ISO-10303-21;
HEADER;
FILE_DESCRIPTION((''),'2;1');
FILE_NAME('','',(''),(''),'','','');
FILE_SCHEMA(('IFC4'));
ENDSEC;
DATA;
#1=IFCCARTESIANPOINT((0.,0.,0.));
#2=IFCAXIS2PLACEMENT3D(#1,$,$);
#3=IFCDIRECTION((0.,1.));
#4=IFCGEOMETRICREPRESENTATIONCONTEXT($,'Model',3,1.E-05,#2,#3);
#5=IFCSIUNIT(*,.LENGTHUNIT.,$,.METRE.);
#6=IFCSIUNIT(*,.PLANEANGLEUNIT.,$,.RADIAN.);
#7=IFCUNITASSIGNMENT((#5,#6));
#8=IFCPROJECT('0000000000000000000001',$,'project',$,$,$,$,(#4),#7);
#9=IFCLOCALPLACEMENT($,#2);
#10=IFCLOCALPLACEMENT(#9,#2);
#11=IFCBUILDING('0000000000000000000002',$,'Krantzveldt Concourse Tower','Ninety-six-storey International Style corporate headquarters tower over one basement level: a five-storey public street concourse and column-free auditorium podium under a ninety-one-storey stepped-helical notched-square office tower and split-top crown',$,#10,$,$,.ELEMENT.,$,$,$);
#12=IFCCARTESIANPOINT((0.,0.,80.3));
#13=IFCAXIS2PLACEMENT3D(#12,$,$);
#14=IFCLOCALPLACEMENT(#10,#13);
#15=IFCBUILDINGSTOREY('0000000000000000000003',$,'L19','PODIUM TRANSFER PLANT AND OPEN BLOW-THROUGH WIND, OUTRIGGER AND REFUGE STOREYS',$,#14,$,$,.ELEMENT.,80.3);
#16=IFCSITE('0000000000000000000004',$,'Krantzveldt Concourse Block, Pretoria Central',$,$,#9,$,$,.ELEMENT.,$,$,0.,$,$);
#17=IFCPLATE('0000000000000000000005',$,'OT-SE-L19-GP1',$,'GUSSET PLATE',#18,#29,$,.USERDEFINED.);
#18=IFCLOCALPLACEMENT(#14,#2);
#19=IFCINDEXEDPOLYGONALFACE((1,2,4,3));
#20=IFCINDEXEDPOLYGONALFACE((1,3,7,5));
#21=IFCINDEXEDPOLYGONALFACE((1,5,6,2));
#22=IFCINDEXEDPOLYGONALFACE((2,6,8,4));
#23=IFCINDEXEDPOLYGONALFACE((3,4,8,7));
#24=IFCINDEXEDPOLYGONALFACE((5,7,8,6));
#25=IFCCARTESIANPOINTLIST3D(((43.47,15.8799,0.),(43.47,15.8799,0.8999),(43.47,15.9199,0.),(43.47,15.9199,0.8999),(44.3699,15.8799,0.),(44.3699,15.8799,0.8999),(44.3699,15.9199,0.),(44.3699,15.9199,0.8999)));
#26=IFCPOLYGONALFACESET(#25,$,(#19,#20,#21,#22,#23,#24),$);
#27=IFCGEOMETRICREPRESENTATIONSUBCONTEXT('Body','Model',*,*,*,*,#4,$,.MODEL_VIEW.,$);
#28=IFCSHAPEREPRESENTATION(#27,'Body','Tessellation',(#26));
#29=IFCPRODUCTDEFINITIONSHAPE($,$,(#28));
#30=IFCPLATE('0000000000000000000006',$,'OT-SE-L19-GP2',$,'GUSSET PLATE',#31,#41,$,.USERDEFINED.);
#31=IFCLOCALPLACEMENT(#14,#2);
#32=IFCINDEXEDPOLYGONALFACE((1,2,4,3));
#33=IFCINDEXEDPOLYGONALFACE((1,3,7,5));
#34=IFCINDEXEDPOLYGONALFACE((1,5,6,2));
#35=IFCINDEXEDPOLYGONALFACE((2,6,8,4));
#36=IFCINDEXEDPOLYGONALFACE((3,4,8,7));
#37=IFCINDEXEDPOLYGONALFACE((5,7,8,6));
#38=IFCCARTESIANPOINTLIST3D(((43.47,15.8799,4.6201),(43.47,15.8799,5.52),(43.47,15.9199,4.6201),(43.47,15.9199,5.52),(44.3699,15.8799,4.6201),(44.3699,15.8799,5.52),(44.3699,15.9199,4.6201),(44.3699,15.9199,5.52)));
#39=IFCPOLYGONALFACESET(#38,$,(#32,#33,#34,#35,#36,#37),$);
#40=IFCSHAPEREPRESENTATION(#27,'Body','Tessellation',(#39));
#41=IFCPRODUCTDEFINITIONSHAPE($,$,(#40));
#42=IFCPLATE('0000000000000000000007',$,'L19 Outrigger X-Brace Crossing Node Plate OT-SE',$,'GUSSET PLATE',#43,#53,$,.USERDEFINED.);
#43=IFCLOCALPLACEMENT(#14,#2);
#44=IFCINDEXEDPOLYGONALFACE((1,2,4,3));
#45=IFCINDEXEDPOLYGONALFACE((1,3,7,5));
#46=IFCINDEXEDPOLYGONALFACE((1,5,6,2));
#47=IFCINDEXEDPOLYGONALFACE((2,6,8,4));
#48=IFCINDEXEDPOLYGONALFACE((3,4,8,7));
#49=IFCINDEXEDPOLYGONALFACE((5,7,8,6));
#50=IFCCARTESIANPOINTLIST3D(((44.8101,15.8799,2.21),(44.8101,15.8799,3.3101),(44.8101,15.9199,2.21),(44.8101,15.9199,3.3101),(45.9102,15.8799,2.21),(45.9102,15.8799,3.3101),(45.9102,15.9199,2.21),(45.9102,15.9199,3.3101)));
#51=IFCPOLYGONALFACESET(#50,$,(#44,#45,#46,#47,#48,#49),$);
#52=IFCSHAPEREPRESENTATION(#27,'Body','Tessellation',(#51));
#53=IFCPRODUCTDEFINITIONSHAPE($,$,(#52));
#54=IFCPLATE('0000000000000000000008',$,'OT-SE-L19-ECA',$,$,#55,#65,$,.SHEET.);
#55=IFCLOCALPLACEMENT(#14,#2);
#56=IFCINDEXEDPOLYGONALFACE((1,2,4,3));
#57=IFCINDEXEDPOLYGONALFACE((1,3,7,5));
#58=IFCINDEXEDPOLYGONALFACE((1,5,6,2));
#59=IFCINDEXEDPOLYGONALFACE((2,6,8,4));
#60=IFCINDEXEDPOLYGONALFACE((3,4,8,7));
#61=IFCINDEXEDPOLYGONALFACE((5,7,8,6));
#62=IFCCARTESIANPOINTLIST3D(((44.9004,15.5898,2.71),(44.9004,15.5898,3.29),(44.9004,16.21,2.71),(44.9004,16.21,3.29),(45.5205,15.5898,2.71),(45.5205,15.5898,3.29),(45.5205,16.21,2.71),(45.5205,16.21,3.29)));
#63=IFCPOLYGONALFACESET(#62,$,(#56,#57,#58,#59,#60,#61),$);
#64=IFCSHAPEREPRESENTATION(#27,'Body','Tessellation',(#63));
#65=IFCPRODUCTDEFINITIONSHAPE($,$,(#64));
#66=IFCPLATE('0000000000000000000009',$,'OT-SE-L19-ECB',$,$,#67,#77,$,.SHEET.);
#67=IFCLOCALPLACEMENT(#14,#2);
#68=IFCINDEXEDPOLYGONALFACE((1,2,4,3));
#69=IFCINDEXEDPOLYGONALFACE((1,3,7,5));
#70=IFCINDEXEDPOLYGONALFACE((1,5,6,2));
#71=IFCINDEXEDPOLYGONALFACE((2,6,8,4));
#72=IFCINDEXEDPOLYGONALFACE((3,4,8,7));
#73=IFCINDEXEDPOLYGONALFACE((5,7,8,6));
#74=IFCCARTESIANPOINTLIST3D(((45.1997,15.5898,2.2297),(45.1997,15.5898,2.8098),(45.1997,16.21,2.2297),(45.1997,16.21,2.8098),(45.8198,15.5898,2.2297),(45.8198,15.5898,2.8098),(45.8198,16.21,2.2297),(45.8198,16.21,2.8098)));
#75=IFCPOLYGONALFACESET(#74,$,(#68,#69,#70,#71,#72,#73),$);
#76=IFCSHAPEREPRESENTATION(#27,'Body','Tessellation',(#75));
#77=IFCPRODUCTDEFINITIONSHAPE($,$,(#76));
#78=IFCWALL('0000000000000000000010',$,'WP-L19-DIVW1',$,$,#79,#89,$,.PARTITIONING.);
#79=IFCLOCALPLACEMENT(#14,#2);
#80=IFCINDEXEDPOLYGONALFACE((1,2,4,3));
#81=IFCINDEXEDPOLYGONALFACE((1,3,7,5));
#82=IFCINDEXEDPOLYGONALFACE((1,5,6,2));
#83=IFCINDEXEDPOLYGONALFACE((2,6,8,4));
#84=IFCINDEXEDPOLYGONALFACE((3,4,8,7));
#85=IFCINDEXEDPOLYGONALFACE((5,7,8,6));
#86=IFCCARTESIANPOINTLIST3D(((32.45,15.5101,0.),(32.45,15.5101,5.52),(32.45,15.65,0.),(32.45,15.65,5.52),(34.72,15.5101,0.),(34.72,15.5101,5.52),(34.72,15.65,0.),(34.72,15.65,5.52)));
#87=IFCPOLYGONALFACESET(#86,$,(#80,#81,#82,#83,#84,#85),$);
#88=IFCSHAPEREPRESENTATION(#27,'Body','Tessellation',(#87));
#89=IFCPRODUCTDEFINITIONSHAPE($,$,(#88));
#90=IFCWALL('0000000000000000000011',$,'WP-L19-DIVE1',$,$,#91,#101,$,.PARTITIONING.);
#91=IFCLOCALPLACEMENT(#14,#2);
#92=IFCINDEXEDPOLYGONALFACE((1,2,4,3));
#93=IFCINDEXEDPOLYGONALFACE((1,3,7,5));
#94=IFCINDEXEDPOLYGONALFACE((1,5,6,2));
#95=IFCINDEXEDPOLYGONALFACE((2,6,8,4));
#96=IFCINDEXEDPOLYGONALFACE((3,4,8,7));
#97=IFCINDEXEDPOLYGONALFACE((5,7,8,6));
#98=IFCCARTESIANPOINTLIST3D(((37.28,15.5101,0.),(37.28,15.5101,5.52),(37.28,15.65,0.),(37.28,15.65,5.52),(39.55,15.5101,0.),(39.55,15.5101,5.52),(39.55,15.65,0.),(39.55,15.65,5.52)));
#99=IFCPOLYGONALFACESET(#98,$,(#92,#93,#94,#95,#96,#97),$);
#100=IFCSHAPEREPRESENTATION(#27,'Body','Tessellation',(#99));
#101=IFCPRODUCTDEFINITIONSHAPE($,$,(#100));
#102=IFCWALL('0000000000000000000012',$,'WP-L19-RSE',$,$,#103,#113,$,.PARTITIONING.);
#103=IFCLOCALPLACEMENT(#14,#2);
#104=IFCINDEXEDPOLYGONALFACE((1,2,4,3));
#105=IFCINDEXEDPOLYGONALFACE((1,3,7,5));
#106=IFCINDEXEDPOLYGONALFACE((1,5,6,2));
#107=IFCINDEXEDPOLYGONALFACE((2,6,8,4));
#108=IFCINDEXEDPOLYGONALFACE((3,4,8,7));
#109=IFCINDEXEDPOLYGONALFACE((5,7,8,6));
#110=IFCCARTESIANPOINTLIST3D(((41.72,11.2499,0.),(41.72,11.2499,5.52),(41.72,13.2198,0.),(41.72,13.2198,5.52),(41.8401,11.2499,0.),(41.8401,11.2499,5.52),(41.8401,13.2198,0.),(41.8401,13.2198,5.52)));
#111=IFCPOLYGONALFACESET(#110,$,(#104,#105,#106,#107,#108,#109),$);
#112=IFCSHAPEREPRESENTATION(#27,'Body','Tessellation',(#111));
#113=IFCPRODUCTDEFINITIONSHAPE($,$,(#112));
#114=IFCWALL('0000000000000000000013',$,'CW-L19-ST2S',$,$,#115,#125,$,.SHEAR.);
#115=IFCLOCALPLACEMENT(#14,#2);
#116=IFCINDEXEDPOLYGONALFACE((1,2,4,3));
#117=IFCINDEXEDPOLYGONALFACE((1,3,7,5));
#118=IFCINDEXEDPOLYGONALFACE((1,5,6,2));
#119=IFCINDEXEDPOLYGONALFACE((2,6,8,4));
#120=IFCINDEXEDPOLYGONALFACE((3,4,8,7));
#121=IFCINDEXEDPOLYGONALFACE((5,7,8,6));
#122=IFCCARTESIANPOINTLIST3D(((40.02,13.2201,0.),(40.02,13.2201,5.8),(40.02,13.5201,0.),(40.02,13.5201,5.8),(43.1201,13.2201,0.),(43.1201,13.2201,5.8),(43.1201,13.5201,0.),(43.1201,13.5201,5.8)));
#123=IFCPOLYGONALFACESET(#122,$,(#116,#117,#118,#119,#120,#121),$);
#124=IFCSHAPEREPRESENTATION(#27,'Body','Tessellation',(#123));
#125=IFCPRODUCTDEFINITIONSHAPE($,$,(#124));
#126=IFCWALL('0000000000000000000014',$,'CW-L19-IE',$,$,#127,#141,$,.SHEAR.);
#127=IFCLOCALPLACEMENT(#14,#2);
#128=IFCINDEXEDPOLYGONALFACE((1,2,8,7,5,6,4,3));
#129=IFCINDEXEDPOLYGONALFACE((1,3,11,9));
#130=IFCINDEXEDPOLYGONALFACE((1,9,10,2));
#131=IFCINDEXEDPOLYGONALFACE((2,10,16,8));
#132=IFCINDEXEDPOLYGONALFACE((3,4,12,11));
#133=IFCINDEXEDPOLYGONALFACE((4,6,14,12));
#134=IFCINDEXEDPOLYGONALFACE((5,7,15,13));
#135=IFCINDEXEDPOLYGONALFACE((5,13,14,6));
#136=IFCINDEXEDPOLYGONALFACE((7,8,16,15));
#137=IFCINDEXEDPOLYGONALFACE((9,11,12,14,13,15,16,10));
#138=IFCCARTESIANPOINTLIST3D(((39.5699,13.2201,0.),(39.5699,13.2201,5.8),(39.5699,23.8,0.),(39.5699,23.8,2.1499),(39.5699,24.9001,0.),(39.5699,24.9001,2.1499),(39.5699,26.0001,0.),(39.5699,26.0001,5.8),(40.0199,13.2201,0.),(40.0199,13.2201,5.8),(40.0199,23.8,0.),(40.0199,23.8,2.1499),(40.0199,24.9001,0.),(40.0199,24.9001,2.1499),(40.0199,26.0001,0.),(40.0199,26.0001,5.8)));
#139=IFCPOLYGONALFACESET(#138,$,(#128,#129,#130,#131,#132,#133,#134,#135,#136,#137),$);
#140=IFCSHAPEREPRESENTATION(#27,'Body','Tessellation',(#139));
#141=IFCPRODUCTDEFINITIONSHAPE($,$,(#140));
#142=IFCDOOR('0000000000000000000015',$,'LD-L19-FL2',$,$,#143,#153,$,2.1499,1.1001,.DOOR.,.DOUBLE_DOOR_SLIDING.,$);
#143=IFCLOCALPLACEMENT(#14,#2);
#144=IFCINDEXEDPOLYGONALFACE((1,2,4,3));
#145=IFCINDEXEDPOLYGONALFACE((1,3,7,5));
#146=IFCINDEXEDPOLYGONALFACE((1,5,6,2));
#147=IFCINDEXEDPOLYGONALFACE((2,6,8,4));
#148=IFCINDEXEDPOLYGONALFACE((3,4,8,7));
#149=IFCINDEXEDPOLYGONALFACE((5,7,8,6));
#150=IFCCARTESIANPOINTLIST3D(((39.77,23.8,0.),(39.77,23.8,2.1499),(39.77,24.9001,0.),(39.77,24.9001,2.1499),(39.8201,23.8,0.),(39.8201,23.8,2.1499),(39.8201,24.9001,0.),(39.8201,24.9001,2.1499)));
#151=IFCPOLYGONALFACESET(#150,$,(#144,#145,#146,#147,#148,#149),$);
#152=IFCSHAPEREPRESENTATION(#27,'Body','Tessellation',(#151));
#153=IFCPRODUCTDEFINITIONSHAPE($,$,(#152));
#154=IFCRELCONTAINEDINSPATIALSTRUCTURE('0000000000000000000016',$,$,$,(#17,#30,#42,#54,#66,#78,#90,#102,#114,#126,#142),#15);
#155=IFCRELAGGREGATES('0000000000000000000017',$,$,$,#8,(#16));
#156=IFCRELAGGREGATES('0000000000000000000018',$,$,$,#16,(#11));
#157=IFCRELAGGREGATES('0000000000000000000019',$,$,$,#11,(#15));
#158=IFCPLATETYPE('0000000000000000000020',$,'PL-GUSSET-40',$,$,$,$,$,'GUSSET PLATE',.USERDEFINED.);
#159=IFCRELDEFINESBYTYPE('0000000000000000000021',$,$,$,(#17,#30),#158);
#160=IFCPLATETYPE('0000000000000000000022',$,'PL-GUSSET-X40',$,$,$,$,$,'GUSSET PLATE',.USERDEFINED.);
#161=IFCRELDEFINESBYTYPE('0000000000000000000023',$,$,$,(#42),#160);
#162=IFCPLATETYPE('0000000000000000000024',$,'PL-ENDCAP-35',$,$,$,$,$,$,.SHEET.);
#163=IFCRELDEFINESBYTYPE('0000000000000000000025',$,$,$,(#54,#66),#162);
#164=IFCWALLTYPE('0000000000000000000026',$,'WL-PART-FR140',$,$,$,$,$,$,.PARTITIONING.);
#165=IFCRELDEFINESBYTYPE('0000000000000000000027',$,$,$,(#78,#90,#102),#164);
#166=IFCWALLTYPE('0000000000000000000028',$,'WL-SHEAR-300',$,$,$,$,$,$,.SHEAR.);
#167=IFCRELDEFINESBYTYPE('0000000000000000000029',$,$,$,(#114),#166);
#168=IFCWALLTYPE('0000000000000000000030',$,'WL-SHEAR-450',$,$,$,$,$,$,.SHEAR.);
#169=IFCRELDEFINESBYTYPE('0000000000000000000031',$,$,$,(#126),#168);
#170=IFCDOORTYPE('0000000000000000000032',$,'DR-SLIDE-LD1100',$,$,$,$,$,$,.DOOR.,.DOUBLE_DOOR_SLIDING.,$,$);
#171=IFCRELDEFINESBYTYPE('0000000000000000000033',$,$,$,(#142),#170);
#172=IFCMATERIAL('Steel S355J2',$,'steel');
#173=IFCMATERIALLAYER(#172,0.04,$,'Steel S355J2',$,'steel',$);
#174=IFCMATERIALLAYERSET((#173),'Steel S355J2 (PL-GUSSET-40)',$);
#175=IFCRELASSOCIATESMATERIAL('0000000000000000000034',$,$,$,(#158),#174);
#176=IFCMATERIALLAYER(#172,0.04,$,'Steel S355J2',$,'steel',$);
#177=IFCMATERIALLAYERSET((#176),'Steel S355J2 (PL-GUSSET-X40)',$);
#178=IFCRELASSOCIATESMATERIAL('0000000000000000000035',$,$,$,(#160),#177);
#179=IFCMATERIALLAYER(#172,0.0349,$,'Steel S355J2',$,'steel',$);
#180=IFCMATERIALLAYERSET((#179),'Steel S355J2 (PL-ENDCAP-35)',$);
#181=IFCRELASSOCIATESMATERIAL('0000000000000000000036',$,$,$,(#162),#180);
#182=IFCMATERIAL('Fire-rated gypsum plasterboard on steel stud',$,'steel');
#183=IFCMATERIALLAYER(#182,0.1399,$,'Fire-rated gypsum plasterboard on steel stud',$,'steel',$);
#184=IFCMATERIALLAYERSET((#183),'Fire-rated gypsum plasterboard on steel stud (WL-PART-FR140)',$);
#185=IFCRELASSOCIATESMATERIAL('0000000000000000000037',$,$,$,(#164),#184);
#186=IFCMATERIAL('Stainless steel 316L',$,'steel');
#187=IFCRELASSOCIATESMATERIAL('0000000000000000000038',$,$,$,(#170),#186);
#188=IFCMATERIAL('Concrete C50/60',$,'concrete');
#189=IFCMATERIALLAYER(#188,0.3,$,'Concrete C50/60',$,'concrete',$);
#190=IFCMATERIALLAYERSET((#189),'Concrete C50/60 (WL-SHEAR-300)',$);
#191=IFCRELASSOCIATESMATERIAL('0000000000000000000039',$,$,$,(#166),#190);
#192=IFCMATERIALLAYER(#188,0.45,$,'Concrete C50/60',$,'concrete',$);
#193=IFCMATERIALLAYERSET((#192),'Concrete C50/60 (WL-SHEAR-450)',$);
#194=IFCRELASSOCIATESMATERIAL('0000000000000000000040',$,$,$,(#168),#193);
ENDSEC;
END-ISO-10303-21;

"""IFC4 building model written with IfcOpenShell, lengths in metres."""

from ifc_helpers import new_model, si_unit, direction, frame, frame_2d, origin, origin_2d, place, context, subcontext, project, spatial, rectangle, extrude, source, transform, mapped, material, layer, layer_set, type_object, type_shapes, element, fill, save


model = new_model("IFC4")

# Units and contexts
model_context = context("Model", 3, precision=1e-05, world=origin(), true_north=direction((0.0, 1.0)))
body_context = subcontext(model_context, "Body", "Model", "MODEL_VIEW")
ifc_project = project(units=[si_unit("LENGTHUNIT", "METRE"), si_unit("PLANEANGLEUNIT", "RADIAN")], contexts=[model_context])

# Site, building, storey
site_placement = place(None, origin())
site = spatial("IfcSite", under=ifc_project, at=site_placement, Name="Krantzveldt Concourse Block, Pretoria Central", CompositionType="ELEMENT", RefElevation=0.0)
building_placement = place(site_placement, origin())
building = spatial("IfcBuilding", under=site, at=building_placement, Name="Krantzveldt Concourse Tower", Description="Ninety-six-storey International Style corporate headquarters tower over one basement level: a five-storey public street concourse and column-free auditorium podium under a ninety-one-storey stepped-helical notched-square office tower and split-top crown", CompositionType="ELEMENT")
storey_placement = place(building_placement, frame((0.0, 0.0, 80.3)))
storey = spatial("IfcBuildingStorey", under=building, at=storey_placement, Name="L19", Description="PODIUM TRANSFER PLANT AND OPEN BLOW-THROUGH WIND, OUTRIGGER AND REFUGE STOREYS", CompositionType="ELEMENT", Elevation=80.3)

# Shared definitions
ifc_material_1 = material(Name="Steel S355J2", Category="steel")

# Plates
ifc_layer_1 = layer(ifc_material_1, 0.04, Name="Steel S355J2", Category="steel")
ifc_layer_set_1 = layer_set([ifc_layer_1], Name="Steel S355J2 (PL-GUSSET-40)")
plate_type_1 = type_object("IfcPlateType", Name="PL-GUSSET-40", ElementType="GUSSET PLATE", PredefinedType="USERDEFINED", material=ifc_layer_set_1)
shared_shape_1 = source(origin(), body_context, "Body", "SweptSolid", [
    extrude(rectangle(XDim=0.8999, YDim=0.04, at=origin_2d()), origin(), (0.0, 0.0, 1.0), 0.8999),
])
type_shapes(plate_type_1, [shared_shape_1])
for number, where, z_axis, x_axis, name in (
    (1, (43.9199, 15.8999, 0.0), (0.0, 0.0, 1.0), (1.0, 0.0, 0.0), "OT-SE-L19-GP1"),
    (2, (43.9199, 15.8999, 4.6201), (0.0, 0.0, 1.0), (1.0, 0.0, 0.0), "OT-SE-L19-GP2"),
):
    element("IfcPlate", number, at=place(storey_placement, frame(where, z_axis=z_axis, x_axis=x_axis)), inside=storey, type_object=plate_type_1, Name=name, ObjectType="GUSSET PLATE", PredefinedType="USERDEFINED", context=body_context, shape_type="MappedRepresentation", body=[
        mapped(shared_shape_1, transform((0.0, 0.0, 0.0), x_axis=(1.0, 0.0, 0.0), y_axis=(0.0, 1.0, 0.0), z_axis=(0.0, 0.0, 1.0), scale=1.0)),
    ])
ifc_layer_2 = layer(ifc_material_1, 0.04, Name="Steel S355J2", Category="steel")
ifc_layer_set_2 = layer_set([ifc_layer_2], Name="Steel S355J2 (PL-GUSSET-X40)")
plate_type_2 = type_object("IfcPlateType", Name="PL-GUSSET-X40", ElementType="GUSSET PLATE", PredefinedType="USERDEFINED", material=ifc_layer_set_2)
shared_shape_2 = source(origin(), body_context, "Body", "SweptSolid", [
    extrude(rectangle(XDim=1.1001, YDim=0.04, at=origin_2d()), origin(), (0.0, 0.0, 1.0), 1.1001),
])
type_shapes(plate_type_2, [shared_shape_2])
plate_placement = place(storey_placement, frame((45.3601, 15.8999, 2.21), z_axis=(0.0, 0.0, 1.0), x_axis=(1.0, 0.0, 0.0)))
element("IfcPlate", 3, at=plate_placement, inside=storey, type_object=plate_type_2, Name="L19 Outrigger X-Brace Crossing Node Plate OT-SE", ObjectType="GUSSET PLATE", PredefinedType="USERDEFINED", context=body_context, shape_type="MappedRepresentation", body=[
    mapped(shared_shape_2, transform((0.0, 0.0, 0.0), x_axis=(1.0, 0.0, 0.0), y_axis=(0.0, 1.0, 0.0), z_axis=(0.0, 0.0, 1.0), scale=1.0)),
])
ifc_layer_3 = layer(ifc_material_1, 0.0349, Name="Steel S355J2", Category="steel")
ifc_layer_set_3 = layer_set([ifc_layer_3], Name="Steel S355J2 (PL-ENDCAP-35)")
plate_type_3 = type_object("IfcPlateType", Name="PL-ENDCAP-35", PredefinedType="SHEET", material=ifc_layer_set_3)
shared_shape_3 = source(origin(), body_context, "Body", "SweptSolid", [
    extrude(rectangle(XDim=0.6201, YDim=0.6201, at=origin_2d()), origin(), (0.0, 0.0, 1.0), 0.5801),
])
type_shapes(plate_type_3, [shared_shape_3])
for number, where, z_axis, x_axis, name in (
    (4, (45.2104, 15.8999, 2.71), (0.0, 0.0, 1.0), (1.0, 0.0, 0.0), "OT-SE-L19-ECA"),
    (5, (45.5098, 15.8999, 2.2297), (0.0, 0.0, 1.0), (1.0, 0.0, 0.0), "OT-SE-L19-ECB"),
):
    element("IfcPlate", number, at=place(storey_placement, frame(where, z_axis=z_axis, x_axis=x_axis)), inside=storey, type_object=plate_type_3, Name=name, PredefinedType="SHEET", context=body_context, shape_type="MappedRepresentation", body=[
        mapped(shared_shape_3, transform((0.0, 0.0, 0.0), x_axis=(1.0, 0.0, 0.0), y_axis=(0.0, 1.0, 0.0), z_axis=(0.0, 0.0, 1.0), scale=1.0)),
    ])

# Shared definitions
ifc_material_2 = material(Name="Fire-rated gypsum plasterboard on steel stud", Category="steel")
ifc_layer_4 = layer(ifc_material_2, 0.1399, Name="Fire-rated gypsum plasterboard on steel stud", Category="steel")
ifc_layer_set_4 = layer_set([ifc_layer_4], Name="Fire-rated gypsum plasterboard on steel stud (WL-PART-FR140)")
wall_type_1 = type_object("IfcWallType", Name="WL-PART-FR140", PredefinedType="PARTITIONING", material=ifc_layer_set_4)
ifc_material_3 = material(Name="Stainless steel 316L", Category="steel")
door_type_1 = type_object("IfcDoorType", Name="DR-SLIDE-LD1100", OperationType="DOUBLE_DOOR_SLIDING", PredefinedType="DOOR", material=ifc_material_3)

# Wall
wall_1_placement = place(storey_placement, frame((32.45, 15.5801, 0.0), z_axis=(0.0, 0.0, 1.0), x_axis=(1.0, 0.0, 0.0)))
element("IfcWall", 6, at=wall_1_placement, inside=storey, type_object=wall_type_1, Name="WP-L19-DIVW1", PredefinedType="PARTITIONING", context=body_context, shape_type="SweptSolid", body=[
    extrude(rectangle(XDim=2.27, YDim=0.1399, at=frame_2d((1.135, 0.0))), origin(), (0.0, 0.0, 1.0), 5.52),
])

# Walls
wall_2_placement = place(storey_placement, frame((37.28, 15.5801, 0.0), z_axis=(0.0, 0.0, 1.0), x_axis=(1.0, 0.0, 0.0)))
element("IfcWall", 7, at=wall_2_placement, inside=storey, type_object=wall_type_1, Name="WP-L19-DIVE1", PredefinedType="PARTITIONING", context=body_context, shape_type="SweptSolid", body=[
    extrude(rectangle(XDim=2.27, YDim=0.1399, at=frame_2d((1.135, 0.0))), origin(), (0.0, 0.0, 1.0), 5.52),
])
wall_3_placement = place(storey_placement, frame((41.78, 11.25, 0.0), z_axis=(0.0, 0.0, 1.0), x_axis=(0.0, 1.0, 0.0)))
element("IfcWall", 8, at=wall_3_placement, inside=storey, type_object=wall_type_1, Name="WP-L19-RSE", PredefinedType="PARTITIONING", context=body_context, shape_type="SweptSolid", body=[
    extrude(rectangle(XDim=1.97, YDim=0.1201, at=frame_2d((0.9849, 0.0))), origin(), (0.0, 0.0, 1.0), 5.52),
])
ifc_material_4 = material(Name="Concrete C50/60", Category="concrete")
ifc_layer_5 = layer(ifc_material_4, 0.3, Name="Concrete C50/60", Category="concrete")
ifc_layer_set_5 = layer_set([ifc_layer_5], Name="Concrete C50/60 (WL-SHEAR-300)")
wall_type_2 = type_object("IfcWallType", Name="WL-SHEAR-300", PredefinedType="SHEAR", material=ifc_layer_set_5)
wall_4_placement = place(storey_placement, frame((40.02, 13.3701, 0.0), z_axis=(0.0, 0.0, 1.0), x_axis=(1.0, 0.0, 0.0)))
element("IfcWall", 9, at=wall_4_placement, inside=storey, type_object=wall_type_2, Name="CW-L19-ST2S", PredefinedType="SHEAR", context=body_context, shape_type="SweptSolid", body=[
    extrude(rectangle(XDim=3.1001, YDim=0.3, at=frame_2d((1.55, 0.0))), origin(), (0.0, 0.0, 1.0), 5.8),
])

# Wall, opening, door
ifc_layer_6 = layer(ifc_material_4, 0.45, Name="Concrete C50/60", Category="concrete")
ifc_layer_set_6 = layer_set([ifc_layer_6], Name="Concrete C50/60 (WL-SHEAR-450)")
wall_type_3 = type_object("IfcWallType", Name="WL-SHEAR-450", PredefinedType="SHEAR", material=ifc_layer_set_6)
wall_5_placement = place(storey_placement, frame((39.7949, 13.22, 0.0), z_axis=(0.0, 0.0, 1.0), x_axis=(0.0, 1.0, 0.0)))
wall_5 = element("IfcWall", 10, at=wall_5_placement, inside=storey, type_object=wall_type_3, Name="CW-L19-IE", PredefinedType="SHEAR", context=body_context, shape_type="SweptSolid", body=[
    extrude(rectangle(XDim=12.78, YDim=0.45, at=frame_2d((6.3901, 0.0))), origin(), (0.0, 0.0, 1.0), 5.8),
])
opening_1_placement = place(wall_5_placement, frame((10.5801, 0.0, 0.0)))
opening_1 = element("IfcOpeningElement", 11, at=opening_1_placement, cuts=wall_5, PredefinedType="OPENING", context=body_context, shape_type="SweptSolid", body=[
    extrude(rectangle(XDim=1.1001, YDim=2.1499, at=frame_2d((0.55, 1.075))), frame((0.0, 0.2349, 0.0), z_axis=(0.0, -1.0, 0.0), x_axis=(1.0, 0.0, 0.0)), (0.0, 0.0, 1.0), 0.47),
])
door_1_placement = place(opening_1_placement, origin())
door_1 = element("IfcDoor", 12, at=door_1_placement, inside=storey, type_object=door_type_1, Name="LD-L19-FL2", OperationType="DOUBLE_DOOR_SLIDING", OverallHeight=2.1499, OverallWidth=1.1001, PredefinedType="DOOR", context=body_context, shape_type="SweptSolid", body=[
    extrude(rectangle(XDim=1.1001, YDim=2.1499, at=frame_2d((0.55, 1.075))), frame((0.0, 0.0249, 0.0), z_axis=(0.0, -1.0, 0.0), x_axis=(1.0, 0.0, 0.0)), (0.0, 0.0, 1.0), 0.05),
])
fill(opening_1, door_1)

save(model, "model.ifc")
